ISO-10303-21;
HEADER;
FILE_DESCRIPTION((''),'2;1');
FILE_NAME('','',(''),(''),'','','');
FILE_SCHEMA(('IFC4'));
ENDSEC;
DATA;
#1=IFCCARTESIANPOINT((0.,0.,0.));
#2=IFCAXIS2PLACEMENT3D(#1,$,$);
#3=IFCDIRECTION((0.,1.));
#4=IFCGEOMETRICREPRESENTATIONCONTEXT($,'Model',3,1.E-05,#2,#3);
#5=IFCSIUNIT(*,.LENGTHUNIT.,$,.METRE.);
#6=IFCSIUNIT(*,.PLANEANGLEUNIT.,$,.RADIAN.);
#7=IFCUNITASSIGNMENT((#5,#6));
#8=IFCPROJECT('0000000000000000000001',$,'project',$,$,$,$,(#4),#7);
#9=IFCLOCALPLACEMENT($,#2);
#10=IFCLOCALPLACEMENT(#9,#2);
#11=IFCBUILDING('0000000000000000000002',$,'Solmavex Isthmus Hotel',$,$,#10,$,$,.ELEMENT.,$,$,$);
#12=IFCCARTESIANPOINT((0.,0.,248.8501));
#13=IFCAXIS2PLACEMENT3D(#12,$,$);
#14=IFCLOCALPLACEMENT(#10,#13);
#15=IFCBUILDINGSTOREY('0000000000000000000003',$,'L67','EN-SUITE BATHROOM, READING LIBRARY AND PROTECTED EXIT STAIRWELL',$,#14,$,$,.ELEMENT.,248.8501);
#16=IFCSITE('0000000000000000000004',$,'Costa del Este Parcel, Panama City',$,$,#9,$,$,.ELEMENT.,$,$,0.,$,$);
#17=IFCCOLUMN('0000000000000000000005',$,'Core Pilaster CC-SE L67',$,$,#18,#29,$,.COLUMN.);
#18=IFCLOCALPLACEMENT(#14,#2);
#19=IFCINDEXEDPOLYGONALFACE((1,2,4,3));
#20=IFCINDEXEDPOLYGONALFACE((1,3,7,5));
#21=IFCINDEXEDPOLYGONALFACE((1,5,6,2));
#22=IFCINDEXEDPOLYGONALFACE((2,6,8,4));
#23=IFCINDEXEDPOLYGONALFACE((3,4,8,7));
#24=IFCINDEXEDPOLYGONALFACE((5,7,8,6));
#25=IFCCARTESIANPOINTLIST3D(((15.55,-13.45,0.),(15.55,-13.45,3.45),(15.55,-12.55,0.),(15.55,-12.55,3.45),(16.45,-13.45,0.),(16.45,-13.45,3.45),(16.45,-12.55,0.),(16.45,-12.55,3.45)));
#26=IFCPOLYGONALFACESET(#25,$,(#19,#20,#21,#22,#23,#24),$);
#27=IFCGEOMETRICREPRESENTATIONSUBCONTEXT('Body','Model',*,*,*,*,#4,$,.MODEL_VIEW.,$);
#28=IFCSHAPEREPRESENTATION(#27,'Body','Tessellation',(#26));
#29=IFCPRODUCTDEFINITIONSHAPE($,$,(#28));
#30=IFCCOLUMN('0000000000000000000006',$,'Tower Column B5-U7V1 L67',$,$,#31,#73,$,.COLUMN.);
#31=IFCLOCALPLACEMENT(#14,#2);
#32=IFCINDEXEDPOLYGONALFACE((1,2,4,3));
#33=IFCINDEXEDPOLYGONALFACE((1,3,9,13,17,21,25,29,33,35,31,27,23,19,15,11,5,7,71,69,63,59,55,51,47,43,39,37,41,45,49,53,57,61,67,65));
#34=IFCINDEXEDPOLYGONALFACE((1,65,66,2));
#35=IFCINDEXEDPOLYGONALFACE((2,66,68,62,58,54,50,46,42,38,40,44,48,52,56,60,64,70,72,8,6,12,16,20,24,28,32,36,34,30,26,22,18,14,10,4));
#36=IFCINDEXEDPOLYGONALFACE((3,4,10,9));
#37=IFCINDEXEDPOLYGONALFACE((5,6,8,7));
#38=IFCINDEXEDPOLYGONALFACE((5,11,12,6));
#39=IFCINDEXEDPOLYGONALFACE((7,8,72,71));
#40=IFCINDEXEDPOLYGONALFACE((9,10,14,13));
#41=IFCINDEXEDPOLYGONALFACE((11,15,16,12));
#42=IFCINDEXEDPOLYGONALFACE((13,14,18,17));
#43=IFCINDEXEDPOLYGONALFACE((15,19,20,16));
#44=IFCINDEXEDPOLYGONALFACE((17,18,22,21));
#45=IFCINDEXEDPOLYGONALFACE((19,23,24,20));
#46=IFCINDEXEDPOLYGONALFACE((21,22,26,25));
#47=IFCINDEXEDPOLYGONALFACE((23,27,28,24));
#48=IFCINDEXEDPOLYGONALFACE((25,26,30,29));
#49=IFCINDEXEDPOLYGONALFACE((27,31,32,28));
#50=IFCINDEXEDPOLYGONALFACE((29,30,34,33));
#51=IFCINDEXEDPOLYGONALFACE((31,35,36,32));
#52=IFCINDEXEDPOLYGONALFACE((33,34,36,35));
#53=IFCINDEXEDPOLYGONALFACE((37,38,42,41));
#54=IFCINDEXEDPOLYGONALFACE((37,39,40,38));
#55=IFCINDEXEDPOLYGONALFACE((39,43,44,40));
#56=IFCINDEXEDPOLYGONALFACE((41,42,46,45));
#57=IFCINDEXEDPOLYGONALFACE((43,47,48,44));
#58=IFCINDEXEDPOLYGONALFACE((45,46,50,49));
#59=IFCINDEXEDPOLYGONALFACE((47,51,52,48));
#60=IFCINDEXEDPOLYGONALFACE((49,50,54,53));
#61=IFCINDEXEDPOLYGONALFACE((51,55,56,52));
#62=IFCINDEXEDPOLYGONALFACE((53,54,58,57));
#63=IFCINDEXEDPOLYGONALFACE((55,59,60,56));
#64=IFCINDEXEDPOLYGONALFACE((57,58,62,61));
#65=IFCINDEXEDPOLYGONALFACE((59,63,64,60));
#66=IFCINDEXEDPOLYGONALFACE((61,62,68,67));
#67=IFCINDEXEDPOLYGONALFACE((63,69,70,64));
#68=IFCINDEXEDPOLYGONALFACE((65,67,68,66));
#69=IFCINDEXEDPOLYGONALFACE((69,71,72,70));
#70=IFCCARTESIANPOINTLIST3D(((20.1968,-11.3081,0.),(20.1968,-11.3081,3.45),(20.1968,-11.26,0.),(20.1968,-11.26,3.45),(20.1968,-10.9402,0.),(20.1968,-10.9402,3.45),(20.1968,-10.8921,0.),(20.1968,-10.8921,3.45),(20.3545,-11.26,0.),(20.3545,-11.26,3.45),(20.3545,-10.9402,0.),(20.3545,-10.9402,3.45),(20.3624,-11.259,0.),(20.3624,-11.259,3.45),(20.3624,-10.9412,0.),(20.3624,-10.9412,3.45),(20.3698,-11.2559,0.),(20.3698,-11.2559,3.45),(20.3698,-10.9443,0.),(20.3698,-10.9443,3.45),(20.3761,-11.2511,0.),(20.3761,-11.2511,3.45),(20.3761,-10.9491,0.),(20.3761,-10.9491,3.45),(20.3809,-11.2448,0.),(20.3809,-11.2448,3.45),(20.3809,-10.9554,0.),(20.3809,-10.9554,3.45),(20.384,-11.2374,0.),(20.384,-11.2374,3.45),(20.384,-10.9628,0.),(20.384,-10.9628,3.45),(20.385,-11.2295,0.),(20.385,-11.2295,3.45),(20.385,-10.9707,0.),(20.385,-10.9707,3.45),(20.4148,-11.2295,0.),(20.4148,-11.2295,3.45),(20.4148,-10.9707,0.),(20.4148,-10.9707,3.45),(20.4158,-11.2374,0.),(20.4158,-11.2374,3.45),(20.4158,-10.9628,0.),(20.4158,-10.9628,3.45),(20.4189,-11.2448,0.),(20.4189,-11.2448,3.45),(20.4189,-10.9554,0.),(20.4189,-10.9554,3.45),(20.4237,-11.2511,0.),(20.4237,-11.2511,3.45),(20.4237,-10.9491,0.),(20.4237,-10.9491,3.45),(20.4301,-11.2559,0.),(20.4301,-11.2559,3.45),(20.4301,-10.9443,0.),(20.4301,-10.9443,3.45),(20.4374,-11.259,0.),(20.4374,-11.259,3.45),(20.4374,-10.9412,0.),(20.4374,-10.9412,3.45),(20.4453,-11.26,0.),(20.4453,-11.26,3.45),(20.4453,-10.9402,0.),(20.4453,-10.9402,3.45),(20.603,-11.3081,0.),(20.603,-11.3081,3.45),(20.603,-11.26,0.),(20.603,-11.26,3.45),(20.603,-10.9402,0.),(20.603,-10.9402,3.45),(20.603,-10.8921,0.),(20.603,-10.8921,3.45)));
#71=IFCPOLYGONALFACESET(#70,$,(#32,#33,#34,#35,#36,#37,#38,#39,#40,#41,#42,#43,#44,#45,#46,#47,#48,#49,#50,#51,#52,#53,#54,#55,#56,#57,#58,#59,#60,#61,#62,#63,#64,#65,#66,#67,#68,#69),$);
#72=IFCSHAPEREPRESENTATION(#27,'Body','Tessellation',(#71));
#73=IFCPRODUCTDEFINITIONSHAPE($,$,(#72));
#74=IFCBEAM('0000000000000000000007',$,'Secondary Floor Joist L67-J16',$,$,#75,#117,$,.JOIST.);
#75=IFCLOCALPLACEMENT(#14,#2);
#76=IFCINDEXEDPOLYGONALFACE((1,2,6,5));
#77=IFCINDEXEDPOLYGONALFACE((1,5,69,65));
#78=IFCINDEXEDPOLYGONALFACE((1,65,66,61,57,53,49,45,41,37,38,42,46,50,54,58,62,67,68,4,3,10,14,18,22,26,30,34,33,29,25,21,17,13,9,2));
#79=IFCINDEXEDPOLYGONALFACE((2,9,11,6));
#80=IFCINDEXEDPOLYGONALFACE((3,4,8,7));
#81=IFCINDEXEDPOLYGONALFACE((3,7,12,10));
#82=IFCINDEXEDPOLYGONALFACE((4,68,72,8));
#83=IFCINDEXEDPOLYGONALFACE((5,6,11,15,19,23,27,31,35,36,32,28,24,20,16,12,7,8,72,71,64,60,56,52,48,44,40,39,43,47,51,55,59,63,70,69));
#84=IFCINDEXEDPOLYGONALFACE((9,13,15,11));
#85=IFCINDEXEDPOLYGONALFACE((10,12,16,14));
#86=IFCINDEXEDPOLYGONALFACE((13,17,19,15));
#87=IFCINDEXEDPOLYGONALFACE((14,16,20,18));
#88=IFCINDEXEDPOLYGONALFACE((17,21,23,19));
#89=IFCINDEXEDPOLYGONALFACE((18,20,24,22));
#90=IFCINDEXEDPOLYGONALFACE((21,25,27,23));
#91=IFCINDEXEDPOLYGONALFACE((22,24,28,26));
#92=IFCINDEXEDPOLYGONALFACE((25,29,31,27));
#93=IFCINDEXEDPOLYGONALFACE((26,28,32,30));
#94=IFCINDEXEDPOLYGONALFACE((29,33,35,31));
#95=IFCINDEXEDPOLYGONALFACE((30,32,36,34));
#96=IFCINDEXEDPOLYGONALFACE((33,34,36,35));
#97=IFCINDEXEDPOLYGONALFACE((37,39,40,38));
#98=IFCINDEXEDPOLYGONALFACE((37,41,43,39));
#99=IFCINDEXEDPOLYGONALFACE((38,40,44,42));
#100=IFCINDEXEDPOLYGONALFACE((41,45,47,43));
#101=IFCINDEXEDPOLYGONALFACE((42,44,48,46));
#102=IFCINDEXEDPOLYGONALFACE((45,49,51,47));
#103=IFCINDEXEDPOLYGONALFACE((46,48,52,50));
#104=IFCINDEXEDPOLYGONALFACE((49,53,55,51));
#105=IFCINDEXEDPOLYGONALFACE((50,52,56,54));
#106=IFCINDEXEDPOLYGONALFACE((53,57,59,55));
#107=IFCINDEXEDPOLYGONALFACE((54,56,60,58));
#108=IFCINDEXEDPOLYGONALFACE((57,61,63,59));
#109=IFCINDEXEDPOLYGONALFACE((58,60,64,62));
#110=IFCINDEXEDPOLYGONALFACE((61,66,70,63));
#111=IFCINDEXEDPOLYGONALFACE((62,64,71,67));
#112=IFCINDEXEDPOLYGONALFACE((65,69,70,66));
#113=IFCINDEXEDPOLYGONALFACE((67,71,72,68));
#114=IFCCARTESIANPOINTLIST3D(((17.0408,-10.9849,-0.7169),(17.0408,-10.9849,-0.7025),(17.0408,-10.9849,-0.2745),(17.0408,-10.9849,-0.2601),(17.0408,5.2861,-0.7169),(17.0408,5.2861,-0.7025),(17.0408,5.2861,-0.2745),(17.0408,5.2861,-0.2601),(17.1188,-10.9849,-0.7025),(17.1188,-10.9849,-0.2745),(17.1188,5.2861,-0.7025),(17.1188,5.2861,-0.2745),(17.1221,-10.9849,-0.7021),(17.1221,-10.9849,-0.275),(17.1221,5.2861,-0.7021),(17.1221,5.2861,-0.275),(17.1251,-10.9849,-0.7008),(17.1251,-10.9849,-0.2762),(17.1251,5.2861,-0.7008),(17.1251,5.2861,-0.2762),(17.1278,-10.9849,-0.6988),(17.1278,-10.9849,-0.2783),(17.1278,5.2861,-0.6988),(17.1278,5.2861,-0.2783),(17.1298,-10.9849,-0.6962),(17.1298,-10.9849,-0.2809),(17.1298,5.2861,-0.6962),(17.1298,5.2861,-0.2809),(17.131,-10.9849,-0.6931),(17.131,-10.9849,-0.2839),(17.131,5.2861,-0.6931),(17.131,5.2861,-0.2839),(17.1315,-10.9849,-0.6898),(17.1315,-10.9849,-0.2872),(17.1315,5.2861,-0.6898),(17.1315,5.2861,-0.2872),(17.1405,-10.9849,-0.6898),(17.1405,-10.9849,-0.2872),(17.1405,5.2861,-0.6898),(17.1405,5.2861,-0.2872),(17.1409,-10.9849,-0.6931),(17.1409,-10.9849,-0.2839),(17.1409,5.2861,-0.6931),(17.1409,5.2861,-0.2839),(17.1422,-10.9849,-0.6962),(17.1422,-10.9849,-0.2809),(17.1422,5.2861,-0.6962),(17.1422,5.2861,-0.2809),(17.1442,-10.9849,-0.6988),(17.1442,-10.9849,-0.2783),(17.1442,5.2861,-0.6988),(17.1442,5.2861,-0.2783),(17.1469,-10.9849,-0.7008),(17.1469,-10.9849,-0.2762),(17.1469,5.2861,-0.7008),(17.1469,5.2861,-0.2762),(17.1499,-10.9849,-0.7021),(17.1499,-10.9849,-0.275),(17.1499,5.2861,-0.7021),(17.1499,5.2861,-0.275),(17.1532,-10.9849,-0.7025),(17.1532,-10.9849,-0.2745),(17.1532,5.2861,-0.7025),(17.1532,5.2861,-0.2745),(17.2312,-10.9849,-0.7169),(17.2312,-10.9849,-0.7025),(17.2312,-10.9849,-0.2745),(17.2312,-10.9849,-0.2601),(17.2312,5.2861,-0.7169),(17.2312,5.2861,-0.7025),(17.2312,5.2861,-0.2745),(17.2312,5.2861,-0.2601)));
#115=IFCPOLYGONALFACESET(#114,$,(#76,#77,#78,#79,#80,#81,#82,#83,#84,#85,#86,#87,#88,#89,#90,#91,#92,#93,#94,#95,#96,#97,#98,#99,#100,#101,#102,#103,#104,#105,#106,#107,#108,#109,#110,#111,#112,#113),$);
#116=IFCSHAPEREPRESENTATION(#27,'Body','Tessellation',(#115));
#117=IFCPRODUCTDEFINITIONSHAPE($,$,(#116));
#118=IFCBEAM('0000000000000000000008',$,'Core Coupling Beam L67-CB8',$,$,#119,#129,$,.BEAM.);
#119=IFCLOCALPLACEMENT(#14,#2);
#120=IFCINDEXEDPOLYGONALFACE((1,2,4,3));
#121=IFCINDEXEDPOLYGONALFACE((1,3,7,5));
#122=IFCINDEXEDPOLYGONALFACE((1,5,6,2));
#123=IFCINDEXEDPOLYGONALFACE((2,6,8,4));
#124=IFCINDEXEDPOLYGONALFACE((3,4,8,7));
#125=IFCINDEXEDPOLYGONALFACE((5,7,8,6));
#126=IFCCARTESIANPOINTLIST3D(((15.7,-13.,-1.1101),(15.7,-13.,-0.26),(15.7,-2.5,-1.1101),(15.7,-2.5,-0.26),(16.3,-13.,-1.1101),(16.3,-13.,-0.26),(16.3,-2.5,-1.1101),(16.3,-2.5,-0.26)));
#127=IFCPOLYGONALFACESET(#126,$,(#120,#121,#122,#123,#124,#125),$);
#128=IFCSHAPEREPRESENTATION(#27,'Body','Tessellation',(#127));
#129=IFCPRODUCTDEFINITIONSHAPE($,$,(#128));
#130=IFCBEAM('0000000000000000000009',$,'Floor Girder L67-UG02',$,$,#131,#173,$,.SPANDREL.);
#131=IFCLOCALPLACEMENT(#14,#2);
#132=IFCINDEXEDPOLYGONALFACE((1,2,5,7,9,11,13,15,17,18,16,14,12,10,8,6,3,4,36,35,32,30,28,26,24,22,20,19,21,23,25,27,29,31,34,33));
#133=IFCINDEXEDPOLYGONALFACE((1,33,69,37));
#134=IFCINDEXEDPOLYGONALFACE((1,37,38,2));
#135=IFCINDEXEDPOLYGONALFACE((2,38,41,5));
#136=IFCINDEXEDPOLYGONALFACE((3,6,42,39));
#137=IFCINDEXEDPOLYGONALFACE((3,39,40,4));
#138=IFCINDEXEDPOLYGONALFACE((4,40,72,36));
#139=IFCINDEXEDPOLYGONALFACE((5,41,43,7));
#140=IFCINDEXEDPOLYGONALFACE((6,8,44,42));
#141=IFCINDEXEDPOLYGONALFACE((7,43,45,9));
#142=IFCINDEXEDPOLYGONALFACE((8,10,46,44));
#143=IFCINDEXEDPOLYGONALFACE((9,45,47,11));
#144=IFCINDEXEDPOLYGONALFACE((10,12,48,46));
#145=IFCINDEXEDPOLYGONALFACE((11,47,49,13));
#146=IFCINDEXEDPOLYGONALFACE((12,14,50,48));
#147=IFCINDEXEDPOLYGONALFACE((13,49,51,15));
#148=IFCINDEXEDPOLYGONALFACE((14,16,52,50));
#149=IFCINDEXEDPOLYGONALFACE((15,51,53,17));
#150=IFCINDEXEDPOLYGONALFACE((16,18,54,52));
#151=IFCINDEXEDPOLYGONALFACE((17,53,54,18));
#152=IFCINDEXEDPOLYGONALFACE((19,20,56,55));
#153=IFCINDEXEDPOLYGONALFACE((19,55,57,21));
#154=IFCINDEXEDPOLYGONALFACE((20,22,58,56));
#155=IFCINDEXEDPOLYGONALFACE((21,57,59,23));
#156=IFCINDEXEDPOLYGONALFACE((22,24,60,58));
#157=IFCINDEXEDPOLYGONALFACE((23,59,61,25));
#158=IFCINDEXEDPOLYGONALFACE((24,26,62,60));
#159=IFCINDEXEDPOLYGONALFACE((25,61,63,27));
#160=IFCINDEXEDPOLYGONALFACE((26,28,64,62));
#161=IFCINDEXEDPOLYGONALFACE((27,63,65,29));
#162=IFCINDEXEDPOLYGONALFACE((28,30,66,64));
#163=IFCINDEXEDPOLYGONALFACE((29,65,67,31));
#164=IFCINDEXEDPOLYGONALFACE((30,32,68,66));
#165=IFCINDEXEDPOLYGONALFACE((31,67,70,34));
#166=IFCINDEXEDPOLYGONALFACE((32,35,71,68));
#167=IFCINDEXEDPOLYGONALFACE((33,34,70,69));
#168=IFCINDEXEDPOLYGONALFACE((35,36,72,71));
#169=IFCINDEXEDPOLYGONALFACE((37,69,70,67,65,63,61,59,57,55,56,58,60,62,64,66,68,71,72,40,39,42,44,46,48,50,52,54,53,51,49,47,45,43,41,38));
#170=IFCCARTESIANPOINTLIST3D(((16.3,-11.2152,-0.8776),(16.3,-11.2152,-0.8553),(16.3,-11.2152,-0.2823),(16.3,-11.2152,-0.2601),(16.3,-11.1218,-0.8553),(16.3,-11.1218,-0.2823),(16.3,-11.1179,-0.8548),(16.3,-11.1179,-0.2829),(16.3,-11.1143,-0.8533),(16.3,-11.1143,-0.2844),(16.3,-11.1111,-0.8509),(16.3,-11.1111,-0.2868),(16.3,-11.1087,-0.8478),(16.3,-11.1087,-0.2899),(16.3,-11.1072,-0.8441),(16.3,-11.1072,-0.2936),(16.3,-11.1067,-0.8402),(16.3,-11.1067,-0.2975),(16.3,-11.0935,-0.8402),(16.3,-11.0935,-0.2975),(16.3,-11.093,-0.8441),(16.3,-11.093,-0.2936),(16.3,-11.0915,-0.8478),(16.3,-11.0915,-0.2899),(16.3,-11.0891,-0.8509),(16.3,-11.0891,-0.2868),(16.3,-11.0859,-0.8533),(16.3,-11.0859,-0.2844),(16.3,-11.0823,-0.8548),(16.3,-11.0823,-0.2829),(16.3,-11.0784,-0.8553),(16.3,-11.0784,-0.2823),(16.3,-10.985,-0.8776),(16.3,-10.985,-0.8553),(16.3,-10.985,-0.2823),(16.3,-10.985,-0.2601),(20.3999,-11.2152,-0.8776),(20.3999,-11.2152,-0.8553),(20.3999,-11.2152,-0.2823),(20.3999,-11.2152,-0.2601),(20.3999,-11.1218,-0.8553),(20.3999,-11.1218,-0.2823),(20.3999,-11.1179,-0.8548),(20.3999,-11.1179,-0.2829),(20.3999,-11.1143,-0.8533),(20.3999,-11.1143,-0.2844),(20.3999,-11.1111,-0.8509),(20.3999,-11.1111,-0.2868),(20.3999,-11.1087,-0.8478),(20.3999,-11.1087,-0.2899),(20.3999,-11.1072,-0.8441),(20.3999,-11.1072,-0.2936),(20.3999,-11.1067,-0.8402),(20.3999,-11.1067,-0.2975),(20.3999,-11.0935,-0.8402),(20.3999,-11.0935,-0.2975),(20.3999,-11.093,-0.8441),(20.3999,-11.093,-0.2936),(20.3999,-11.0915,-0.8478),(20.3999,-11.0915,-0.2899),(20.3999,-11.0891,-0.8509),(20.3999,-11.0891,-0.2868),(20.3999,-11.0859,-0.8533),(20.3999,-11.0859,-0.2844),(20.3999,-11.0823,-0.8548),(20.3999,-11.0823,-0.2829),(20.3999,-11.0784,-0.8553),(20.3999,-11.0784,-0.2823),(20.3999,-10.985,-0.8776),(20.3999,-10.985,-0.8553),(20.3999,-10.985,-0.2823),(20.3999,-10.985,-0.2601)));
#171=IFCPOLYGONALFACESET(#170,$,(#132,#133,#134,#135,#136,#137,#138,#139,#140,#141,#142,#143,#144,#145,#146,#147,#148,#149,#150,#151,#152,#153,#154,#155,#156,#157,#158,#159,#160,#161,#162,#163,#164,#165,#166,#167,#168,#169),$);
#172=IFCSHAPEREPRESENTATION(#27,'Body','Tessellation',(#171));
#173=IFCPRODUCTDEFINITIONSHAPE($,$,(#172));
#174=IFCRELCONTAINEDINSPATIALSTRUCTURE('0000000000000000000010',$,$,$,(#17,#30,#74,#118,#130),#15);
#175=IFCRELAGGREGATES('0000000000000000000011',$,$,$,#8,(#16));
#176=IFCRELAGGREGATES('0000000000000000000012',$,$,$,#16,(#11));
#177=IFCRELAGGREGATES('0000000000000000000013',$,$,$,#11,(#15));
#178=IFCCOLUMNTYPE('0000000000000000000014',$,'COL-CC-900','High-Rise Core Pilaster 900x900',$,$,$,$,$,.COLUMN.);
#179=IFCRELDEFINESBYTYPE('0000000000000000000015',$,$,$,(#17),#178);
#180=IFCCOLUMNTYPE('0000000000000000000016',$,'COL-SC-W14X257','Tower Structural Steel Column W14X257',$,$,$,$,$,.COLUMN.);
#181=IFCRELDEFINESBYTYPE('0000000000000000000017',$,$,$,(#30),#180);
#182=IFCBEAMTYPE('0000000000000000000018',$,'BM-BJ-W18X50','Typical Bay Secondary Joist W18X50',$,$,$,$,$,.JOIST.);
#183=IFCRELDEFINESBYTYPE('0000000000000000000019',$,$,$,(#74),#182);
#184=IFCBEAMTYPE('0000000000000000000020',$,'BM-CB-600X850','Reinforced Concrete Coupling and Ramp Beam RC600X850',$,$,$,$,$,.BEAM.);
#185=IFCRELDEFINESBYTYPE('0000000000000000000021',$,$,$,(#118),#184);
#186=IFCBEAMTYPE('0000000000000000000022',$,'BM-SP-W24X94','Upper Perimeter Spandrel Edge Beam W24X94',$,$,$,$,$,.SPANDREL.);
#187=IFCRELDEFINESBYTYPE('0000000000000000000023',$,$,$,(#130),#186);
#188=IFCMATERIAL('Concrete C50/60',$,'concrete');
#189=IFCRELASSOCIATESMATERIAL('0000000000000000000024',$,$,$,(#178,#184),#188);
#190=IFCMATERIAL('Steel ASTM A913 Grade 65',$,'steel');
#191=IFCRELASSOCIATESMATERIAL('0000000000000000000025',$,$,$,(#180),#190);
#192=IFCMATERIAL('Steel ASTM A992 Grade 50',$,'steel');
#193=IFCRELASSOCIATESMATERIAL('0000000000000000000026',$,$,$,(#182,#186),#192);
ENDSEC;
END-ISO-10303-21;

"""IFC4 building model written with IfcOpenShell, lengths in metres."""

from ifc_helpers import new_model, si_unit, direction, frame, origin, origin_2d, place, context, subcontext, project, spatial, rectangle, i_section, extrude, material, material_profile, profile_set, type_object, element, save


model = new_model("IFC4")

# Units and contexts
model_context = context("Model", 3, precision=1e-05, world=origin(), true_north=direction((0.0, 1.0)))
body_context = subcontext(model_context, "Body", "Model", "MODEL_VIEW")
ifc_project = project(units=[si_unit("LENGTHUNIT", "METRE"), si_unit("PLANEANGLEUNIT", "RADIAN")], contexts=[model_context])

# Site, building, storey
site_placement = place(None, origin())
site = spatial("IfcSite", under=ifc_project, at=site_placement, Name="Costa del Este Parcel, Panama City", CompositionType="ELEMENT", RefElevation=0.0)
building_placement = place(site_placement, origin())
building = spatial("IfcBuilding", under=site, at=building_placement, Name="Solmavex Isthmus Hotel", CompositionType="ELEMENT")
storey_placement = place(building_placement, frame((0.0, 0.0, 248.8501)))
storey = spatial("IfcBuildingStorey", under=building, at=storey_placement, Name="L67", Description="EN-SUITE BATHROOM, READING LIBRARY AND PROTECTED EXIT STAIRWELL", CompositionType="ELEMENT", Elevation=248.8501)

# Columns
ifc_material_1 = material(Name="Concrete C50/60", Category="concrete")
ifc_material_profile_1 = material_profile(ifc_material_1, rectangle(XDim=0.8999, YDim=0.8999, at=origin_2d()), Name="RC900X900")
ifc_profile_set_1 = profile_set([ifc_material_profile_1], Name="Concrete C50/60")
column_type_1 = type_object("IfcColumnType", Name="COL-CC-900", Description="High-Rise Core Pilaster 900x900", PredefinedType="COLUMN", material=ifc_profile_set_1)
column_1_placement = place(storey_placement, frame((16.0, -13.0, 0.0), z_axis=(0.0, 0.0, 1.0), x_axis=(1.0, 0.0, 0.0)))
element("IfcColumn", 1, at=column_1_placement, inside=storey, type_object=column_type_1, Name="Core Pilaster CC-SE L67", PredefinedType="COLUMN", context=body_context, shape_type="SweptSolid", body=[
    extrude(rectangle(XDim=0.8999, YDim=0.8999, at=origin_2d()), origin(), (0.0, 0.0, 1.0), 3.45),
])
ifc_material_2 = material(Name="Steel ASTM A913 Grade 65", Category="steel")
ifc_material_profile_2 = material_profile(ifc_material_2, i_section(OverallWidth=0.4062, OverallDepth=0.416, WebThickness=0.0298, FlangeThickness=0.0481, FilletRadius=0.0305, at=origin_2d()), Name="W14X257")
ifc_profile_set_2 = profile_set([ifc_material_profile_2], Name="Steel ASTM A913 Grade 65")
column_type_2 = type_object("IfcColumnType", Name="COL-SC-W14X257", Description="Tower Structural Steel Column W14X257", PredefinedType="COLUMN", material=ifc_profile_set_2)
column_2_placement = place(storey_placement, frame((20.3999, -11.1001, 0.0), z_axis=(0.0, 0.0, 1.0), x_axis=(1.0, 0.0, 0.0)))
element("IfcColumn", 2, at=column_2_placement, inside=storey, type_object=column_type_2, Name="Tower Column B5-U7V1 L67", PredefinedType="COLUMN", context=body_context, shape_type="SweptSolid", body=[
    extrude(i_section(OverallWidth=0.4062, OverallDepth=0.416, WebThickness=0.0298, FlangeThickness=0.0481, FilletRadius=0.0305, at=origin_2d()), origin(), (0.0, 0.0, 1.0), 3.45),
])

# Beams
ifc_material_3 = material(Name="Steel ASTM A992 Grade 50", Category="steel")
ifc_material_profile_3 = material_profile(ifc_material_3, i_section(OverallWidth=0.1904, OverallDepth=0.4568, WebThickness=0.009, FlangeThickness=0.0144, FilletRadius=0.0127, at=origin_2d()), Name="W18X50")
ifc_profile_set_3 = profile_set([ifc_material_profile_3], Name="Steel ASTM A992 Grade 50")
beam_type_1 = type_object("IfcBeamType", Name="BM-BJ-W18X50", Description="Typical Bay Secondary Joist W18X50", PredefinedType="JOIST", material=ifc_profile_set_3)
beam_1_placement = place(storey_placement, frame((17.136, -10.9849, -0.4885), z_axis=(0.0, 1.0, 0.0), x_axis=(-1.0, 0.0, 0.0)))
element("IfcBeam", 3, at=beam_1_placement, inside=storey, type_object=beam_type_1, Name="Secondary Floor Joist L67-J16", PredefinedType="JOIST", context=body_context, shape_type="SweptSolid", body=[
    extrude(i_section(OverallWidth=0.1904, OverallDepth=0.4568, WebThickness=0.009, FlangeThickness=0.0144, FilletRadius=0.0127, at=origin_2d()), origin(), (0.0, 0.0, 1.0), 16.271),
])
ifc_material_profile_4 = material_profile(ifc_material_1, rectangle(XDim=0.6001, YDim=0.8501, at=origin_2d()), Name="RC600X850")
ifc_profile_set_4 = profile_set([ifc_material_profile_4], Name="Concrete C50/60")
beam_type_2 = type_object("IfcBeamType", Name="BM-CB-600X850", Description="Reinforced Concrete Coupling and Ramp Beam RC600X850", PredefinedType="BEAM", material=ifc_profile_set_4)
beam_2_placement = place(storey_placement, frame((16.0, -13.0, -0.6851), z_axis=(0.0, 1.0, 0.0), x_axis=(-1.0, 0.0, 0.0)))
element("IfcBeam", 4, at=beam_2_placement, inside=storey, type_object=beam_type_2, Name="Core Coupling Beam L67-CB8", PredefinedType="BEAM", context=body_context, shape_type="SweptSolid", body=[
    extrude(rectangle(XDim=0.6001, YDim=0.8501, at=origin_2d()), origin(), (0.0, 0.0, 1.0), 10.5),
])
ifc_material_profile_5 = material_profile(ifc_material_3, i_section(OverallWidth=0.2302, OverallDepth=0.6174, WebThickness=0.0132, FlangeThickness=0.0222, FilletRadius=0.0151, at=origin_2d()), Name="W24X94")
ifc_profile_set_5 = profile_set([ifc_material_profile_5], Name="Steel ASTM A992 Grade 50")
beam_type_3 = type_object("IfcBeamType", Name="BM-SP-W24X94", Description="Upper Perimeter Spandrel Edge Beam W24X94", PredefinedType="SPANDREL", material=ifc_profile_set_5)
beam_3_placement = place(storey_placement, frame((16.3, -11.1001, -0.5688), z_axis=(1.0, 0.0, 0.0), x_axis=(0.0, 1.0, 0.0)))
element("IfcBeam", 5, at=beam_3_placement, inside=storey, type_object=beam_type_3, Name="Floor Girder L67-UG02", PredefinedType="SPANDREL", context=body_context, shape_type="SweptSolid", body=[
    extrude(i_section(OverallWidth=0.2302, OverallDepth=0.6174, WebThickness=0.0132, FlangeThickness=0.0222, FilletRadius=0.0151, at=origin_2d()), origin(), (0.0, 0.0, 1.0), 4.0999),
])

save(model, "model.ifc")
